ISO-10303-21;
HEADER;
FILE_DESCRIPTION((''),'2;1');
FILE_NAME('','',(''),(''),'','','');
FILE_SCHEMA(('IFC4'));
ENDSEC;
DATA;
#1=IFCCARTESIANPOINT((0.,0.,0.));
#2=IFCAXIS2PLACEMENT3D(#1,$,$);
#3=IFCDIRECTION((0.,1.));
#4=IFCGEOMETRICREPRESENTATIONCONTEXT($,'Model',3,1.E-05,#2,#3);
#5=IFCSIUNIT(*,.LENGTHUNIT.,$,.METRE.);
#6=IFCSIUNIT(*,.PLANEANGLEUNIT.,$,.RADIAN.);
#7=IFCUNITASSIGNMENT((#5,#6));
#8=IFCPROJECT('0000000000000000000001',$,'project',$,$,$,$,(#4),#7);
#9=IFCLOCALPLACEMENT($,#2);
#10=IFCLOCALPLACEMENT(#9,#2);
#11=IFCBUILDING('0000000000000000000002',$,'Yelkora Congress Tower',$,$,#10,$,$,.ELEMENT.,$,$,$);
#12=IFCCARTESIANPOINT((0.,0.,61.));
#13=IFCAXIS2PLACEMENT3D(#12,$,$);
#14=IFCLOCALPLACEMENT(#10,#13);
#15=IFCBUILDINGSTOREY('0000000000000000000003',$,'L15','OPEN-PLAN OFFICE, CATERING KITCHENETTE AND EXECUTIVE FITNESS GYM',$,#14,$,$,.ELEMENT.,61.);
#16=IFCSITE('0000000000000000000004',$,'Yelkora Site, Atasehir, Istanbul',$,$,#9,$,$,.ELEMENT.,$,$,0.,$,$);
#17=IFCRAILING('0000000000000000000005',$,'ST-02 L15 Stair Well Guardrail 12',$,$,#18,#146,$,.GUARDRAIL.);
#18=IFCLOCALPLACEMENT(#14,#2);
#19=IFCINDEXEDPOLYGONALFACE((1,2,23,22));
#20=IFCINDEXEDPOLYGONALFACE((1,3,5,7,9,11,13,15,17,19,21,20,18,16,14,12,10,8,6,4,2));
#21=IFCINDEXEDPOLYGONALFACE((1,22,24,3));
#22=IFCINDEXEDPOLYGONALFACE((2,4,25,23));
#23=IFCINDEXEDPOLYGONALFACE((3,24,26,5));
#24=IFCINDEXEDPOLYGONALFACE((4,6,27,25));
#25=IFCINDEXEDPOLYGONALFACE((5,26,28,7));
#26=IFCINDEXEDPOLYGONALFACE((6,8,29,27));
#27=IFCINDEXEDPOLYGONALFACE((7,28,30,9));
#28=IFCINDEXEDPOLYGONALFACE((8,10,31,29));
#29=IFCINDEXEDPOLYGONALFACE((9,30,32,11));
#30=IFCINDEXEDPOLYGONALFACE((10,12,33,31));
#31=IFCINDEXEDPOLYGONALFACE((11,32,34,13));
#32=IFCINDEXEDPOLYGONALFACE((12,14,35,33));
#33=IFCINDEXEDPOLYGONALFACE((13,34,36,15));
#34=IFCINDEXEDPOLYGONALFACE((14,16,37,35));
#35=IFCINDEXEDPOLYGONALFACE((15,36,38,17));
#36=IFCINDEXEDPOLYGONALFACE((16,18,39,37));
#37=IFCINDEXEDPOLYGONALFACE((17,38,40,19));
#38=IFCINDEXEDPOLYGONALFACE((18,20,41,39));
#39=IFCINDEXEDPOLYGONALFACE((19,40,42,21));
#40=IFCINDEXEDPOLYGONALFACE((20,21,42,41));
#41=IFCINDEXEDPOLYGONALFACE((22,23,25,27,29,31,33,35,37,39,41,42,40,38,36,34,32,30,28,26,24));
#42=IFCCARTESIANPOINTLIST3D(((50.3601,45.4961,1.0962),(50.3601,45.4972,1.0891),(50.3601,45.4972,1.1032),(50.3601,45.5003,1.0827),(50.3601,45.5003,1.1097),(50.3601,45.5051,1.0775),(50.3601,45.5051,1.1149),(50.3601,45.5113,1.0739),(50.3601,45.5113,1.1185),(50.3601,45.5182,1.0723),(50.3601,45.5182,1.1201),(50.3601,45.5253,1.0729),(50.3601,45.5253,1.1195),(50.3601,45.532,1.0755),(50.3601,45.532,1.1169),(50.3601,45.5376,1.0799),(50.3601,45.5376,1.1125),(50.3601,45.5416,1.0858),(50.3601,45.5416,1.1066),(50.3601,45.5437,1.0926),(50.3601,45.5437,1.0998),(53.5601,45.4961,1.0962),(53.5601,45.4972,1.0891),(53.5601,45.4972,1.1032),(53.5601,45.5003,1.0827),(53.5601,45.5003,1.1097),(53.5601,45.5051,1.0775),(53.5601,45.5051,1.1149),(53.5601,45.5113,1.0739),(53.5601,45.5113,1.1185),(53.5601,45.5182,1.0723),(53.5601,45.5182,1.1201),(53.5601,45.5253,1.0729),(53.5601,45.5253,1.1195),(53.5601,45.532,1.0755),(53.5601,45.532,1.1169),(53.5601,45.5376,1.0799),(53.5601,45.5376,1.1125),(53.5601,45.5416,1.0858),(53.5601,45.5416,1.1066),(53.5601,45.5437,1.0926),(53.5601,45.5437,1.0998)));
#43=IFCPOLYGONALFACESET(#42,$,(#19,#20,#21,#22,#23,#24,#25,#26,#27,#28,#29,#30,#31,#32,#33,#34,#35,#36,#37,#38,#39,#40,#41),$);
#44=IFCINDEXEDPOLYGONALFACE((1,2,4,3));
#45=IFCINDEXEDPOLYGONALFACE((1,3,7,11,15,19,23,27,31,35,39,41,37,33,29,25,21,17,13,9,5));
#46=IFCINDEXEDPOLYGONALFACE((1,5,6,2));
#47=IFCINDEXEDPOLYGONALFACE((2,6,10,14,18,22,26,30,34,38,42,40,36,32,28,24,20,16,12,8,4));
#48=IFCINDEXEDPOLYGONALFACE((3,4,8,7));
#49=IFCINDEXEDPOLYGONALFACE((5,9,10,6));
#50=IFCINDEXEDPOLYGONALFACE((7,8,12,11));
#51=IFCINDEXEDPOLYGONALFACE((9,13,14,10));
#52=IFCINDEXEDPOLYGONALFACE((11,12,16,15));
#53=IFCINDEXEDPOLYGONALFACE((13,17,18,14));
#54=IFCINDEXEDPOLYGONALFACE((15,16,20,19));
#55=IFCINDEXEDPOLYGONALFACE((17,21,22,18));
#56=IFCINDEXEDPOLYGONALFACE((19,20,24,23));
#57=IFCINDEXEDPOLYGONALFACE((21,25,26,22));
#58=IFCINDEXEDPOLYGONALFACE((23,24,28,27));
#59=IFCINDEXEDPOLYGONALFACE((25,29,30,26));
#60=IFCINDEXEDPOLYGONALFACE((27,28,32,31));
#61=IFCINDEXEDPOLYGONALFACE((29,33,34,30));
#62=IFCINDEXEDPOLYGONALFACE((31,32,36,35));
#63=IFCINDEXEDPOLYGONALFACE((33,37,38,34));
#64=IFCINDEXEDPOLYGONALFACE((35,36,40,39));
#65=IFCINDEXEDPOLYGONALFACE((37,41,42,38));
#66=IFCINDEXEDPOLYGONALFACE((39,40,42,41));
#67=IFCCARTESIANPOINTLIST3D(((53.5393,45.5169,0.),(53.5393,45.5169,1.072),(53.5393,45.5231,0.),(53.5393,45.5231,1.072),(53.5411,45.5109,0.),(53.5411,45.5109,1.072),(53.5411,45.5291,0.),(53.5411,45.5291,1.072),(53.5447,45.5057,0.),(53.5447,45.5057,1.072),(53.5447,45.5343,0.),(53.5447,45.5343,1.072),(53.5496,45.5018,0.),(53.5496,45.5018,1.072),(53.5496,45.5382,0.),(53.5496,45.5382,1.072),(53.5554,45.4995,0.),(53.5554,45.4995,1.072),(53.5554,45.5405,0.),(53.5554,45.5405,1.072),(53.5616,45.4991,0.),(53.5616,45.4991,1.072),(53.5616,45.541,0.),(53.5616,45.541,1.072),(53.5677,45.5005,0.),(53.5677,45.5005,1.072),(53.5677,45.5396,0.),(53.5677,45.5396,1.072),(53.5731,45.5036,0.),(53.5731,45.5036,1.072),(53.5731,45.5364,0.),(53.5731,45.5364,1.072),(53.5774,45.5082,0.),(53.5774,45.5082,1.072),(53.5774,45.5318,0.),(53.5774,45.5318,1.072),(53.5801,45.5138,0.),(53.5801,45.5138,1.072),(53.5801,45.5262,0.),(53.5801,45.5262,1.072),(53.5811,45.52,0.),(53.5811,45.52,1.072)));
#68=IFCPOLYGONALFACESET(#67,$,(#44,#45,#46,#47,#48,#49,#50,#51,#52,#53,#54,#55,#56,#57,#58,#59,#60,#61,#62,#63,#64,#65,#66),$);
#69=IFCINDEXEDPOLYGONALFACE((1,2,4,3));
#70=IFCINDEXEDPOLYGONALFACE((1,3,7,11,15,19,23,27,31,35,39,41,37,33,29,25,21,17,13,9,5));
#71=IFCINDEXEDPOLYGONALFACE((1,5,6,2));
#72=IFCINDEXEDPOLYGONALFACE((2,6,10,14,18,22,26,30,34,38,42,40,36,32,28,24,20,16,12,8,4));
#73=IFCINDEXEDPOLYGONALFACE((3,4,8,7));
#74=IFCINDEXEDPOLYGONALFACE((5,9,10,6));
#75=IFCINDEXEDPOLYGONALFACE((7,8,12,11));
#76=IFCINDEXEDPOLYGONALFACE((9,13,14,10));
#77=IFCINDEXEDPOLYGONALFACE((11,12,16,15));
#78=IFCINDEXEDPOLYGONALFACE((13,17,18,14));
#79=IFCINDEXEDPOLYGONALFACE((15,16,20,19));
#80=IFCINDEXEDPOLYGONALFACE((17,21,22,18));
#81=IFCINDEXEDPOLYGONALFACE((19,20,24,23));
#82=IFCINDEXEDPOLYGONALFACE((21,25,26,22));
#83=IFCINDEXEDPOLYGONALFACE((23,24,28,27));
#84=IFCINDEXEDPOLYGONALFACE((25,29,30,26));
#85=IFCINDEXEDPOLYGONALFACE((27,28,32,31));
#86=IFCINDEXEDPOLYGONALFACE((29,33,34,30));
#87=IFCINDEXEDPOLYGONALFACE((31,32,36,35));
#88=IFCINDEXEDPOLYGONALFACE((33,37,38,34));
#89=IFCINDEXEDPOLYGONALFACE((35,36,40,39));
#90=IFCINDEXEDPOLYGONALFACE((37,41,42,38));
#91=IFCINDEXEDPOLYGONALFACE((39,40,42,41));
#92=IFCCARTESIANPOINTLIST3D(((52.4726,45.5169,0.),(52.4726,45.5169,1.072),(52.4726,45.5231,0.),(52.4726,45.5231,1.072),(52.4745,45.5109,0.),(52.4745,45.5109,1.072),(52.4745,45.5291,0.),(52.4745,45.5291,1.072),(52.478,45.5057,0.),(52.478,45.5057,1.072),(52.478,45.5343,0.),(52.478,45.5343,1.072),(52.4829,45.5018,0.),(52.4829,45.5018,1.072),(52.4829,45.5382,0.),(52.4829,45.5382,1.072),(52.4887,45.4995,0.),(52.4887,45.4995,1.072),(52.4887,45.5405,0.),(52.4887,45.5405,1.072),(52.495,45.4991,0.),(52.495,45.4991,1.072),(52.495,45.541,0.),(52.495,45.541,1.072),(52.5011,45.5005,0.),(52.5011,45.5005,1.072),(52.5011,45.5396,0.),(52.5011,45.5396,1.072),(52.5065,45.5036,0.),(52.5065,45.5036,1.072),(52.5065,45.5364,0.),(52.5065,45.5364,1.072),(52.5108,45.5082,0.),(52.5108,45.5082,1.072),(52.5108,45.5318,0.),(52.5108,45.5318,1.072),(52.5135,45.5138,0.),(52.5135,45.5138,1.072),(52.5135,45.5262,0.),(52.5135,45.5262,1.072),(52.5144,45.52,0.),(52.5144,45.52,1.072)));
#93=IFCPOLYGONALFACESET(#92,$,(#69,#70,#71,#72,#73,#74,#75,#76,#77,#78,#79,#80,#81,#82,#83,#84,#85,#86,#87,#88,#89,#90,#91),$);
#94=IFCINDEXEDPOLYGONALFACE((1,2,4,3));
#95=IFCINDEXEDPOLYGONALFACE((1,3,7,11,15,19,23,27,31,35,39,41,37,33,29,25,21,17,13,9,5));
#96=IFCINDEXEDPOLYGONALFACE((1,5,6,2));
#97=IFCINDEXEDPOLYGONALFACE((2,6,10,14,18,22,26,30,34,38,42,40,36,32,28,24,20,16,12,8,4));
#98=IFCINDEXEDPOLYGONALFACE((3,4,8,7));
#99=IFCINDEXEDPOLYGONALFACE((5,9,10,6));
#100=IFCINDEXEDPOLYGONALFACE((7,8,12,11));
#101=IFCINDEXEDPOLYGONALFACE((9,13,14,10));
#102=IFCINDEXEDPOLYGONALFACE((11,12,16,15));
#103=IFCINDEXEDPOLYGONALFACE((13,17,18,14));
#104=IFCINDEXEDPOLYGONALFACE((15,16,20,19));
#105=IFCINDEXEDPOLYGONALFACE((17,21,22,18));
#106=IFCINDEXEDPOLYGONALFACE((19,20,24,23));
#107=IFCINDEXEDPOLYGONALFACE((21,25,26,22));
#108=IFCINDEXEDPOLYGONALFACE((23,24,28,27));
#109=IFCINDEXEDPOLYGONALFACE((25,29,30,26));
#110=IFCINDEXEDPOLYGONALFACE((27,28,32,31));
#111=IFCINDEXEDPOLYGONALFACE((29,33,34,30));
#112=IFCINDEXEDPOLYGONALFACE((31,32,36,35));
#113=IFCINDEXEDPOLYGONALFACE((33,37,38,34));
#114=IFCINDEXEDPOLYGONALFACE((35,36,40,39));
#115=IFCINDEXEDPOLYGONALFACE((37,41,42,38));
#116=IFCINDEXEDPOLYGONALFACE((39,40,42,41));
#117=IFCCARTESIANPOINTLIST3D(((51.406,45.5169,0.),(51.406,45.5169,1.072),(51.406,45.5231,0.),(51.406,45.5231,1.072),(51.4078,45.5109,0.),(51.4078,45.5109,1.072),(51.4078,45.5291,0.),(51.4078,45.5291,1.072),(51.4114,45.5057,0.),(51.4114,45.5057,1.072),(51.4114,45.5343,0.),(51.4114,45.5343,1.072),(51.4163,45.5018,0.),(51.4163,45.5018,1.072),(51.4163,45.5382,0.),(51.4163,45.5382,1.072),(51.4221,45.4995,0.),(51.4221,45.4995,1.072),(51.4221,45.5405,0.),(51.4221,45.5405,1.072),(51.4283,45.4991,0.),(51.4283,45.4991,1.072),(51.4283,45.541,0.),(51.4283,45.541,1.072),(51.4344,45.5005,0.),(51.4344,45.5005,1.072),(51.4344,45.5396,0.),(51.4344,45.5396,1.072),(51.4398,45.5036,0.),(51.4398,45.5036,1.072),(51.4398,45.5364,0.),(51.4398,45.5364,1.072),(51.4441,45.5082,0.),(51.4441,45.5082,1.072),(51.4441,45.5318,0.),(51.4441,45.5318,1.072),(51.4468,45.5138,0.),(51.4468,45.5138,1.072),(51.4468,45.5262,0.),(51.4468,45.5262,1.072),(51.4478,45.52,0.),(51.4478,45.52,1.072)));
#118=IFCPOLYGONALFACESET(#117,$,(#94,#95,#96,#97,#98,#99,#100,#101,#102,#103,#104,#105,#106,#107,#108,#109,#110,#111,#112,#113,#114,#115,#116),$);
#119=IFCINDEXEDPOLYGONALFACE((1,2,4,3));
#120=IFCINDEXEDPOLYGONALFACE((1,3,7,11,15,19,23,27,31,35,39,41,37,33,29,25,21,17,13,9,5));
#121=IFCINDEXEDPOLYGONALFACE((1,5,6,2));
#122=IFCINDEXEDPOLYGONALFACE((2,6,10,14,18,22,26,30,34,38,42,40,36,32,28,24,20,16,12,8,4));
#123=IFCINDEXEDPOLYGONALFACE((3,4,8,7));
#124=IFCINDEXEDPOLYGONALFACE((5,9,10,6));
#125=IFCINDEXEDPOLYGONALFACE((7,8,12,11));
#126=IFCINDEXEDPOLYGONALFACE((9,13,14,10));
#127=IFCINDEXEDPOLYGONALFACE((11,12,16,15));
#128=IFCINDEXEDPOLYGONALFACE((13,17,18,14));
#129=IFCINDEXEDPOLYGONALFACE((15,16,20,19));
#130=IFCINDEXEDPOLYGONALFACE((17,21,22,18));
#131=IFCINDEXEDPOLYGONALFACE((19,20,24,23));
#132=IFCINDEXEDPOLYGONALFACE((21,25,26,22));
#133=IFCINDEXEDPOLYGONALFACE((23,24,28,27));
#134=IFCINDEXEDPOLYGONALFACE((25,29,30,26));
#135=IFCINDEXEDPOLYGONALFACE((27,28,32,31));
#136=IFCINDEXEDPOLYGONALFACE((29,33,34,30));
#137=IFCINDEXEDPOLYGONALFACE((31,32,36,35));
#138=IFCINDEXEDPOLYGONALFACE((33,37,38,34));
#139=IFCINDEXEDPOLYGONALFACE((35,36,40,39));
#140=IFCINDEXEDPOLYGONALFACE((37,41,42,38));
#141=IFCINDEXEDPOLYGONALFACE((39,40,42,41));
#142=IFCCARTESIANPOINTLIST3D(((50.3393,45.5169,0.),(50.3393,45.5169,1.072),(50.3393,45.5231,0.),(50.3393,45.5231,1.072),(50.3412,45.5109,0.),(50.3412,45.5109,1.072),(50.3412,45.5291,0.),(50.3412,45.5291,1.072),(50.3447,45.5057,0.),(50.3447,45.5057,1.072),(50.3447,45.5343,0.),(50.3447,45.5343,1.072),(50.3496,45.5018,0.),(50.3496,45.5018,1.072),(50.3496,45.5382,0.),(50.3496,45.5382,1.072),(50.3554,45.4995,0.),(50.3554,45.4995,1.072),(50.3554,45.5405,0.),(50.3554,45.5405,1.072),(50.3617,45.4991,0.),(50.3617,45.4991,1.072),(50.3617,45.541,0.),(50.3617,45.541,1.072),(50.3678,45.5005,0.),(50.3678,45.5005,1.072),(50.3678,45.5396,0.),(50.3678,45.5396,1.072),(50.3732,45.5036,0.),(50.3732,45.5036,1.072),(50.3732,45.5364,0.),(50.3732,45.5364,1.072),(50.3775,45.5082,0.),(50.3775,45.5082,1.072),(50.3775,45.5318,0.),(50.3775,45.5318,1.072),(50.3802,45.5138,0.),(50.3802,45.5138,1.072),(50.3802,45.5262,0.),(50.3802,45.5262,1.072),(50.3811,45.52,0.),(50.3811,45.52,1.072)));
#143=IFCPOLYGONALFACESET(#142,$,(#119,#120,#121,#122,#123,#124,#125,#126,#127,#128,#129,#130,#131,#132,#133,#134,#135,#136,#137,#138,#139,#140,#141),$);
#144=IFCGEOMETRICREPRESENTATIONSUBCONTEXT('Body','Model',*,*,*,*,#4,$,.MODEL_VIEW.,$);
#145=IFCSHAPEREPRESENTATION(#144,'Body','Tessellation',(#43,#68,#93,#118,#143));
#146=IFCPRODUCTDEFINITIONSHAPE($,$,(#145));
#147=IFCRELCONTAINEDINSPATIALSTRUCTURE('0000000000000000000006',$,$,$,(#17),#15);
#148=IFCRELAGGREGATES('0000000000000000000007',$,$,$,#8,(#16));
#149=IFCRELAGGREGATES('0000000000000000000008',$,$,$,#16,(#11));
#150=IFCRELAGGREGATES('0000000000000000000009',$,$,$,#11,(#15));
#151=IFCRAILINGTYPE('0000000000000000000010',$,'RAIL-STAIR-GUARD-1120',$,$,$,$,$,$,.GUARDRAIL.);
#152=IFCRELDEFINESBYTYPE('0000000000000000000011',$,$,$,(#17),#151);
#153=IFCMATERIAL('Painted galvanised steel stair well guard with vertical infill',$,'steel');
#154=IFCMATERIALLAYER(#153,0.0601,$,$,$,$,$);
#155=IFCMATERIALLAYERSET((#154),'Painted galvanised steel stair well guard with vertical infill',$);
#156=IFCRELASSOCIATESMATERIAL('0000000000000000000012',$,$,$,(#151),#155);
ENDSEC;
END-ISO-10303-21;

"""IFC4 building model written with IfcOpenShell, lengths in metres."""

from ifc_helpers import new_model, si_unit, direction, frame, origin, origin_2d, place, context, subcontext, project, spatial, circle, extrude, material, layer, layer_set, type_object, element, save


model = new_model("IFC4")

# Units and contexts
model_context = context("Model", 3, precision=1e-05, world=origin(), true_north=direction((0.0, 1.0)))
body_context = subcontext(model_context, "Body", "Model", "MODEL_VIEW")
ifc_project = project(units=[si_unit("LENGTHUNIT", "METRE"), si_unit("PLANEANGLEUNIT", "RADIAN")], contexts=[model_context])

# Site, building, storey
site_placement = place(None, origin())
site = spatial("IfcSite", under=ifc_project, at=site_placement, Name="Yelkora Site, Atasehir, Istanbul", CompositionType="ELEMENT", RefElevation=0.0)
building_placement = place(site_placement, origin())
building = spatial("IfcBuilding", under=site, at=building_placement, Name="Yelkora Congress Tower", CompositionType="ELEMENT")
storey_placement = place(building_placement, frame((0.0, 0.0, 61.0)))
storey = spatial("IfcBuildingStorey", under=building, at=storey_placement, Name="L15", Description="OPEN-PLAN OFFICE, CATERING KITCHENETTE AND EXECUTIVE FITNESS GYM", CompositionType="ELEMENT", Elevation=61.0)

# Railing
ifc_material_1 = material(Name="Painted galvanised steel stair well guard with vertical infill", Category="steel")
ifc_layer_1 = layer(ifc_material_1, 0.0601)
ifc_layer_set_1 = layer_set([ifc_layer_1], Name="Painted galvanised steel stair well guard with vertical infill")
railing_type_1 = type_object("IfcRailingType", Name="RAIL-STAIR-GUARD-1120", PredefinedType="GUARDRAIL", material=ifc_layer_set_1)
railing_1_placement = place(storey_placement, frame((53.5601, 45.52, 0.0)))
element("IfcRailing", 1, at=railing_1_placement, inside=storey, type_object=railing_type_1, Name="ST-02 L15 Stair Well Guardrail 12", PredefinedType="GUARDRAIL", context=body_context, shape_type="SweptSolid", body=[
    extrude(circle(Radius=0.0239, at=origin_2d()), frame((0.0, 0.0, 1.0962), z_axis=(-1.0, 0.0, 0.0), x_axis=(0.0, -1.0, 0.0)), (0.0, 0.0, 1.0), 3.2),
    extrude(circle(Radius=0.021, at=origin_2d()), origin(), (0.0, 0.0, 1.0), 1.072),
    extrude(circle(Radius=0.021, at=origin_2d()), frame((-1.0667, 0.0, 0.0)), (0.0, 0.0, 1.0), 1.072),
    extrude(circle(Radius=0.021, at=origin_2d()), frame((-2.1333, 0.0, 0.0)), (0.0, 0.0, 1.0), 1.072),
    extrude(circle(Radius=0.021, at=origin_2d()), frame((-3.2, 0.0, 0.0)), (0.0, 0.0, 1.0), 1.072),
])

save(model, "model.ifc")
